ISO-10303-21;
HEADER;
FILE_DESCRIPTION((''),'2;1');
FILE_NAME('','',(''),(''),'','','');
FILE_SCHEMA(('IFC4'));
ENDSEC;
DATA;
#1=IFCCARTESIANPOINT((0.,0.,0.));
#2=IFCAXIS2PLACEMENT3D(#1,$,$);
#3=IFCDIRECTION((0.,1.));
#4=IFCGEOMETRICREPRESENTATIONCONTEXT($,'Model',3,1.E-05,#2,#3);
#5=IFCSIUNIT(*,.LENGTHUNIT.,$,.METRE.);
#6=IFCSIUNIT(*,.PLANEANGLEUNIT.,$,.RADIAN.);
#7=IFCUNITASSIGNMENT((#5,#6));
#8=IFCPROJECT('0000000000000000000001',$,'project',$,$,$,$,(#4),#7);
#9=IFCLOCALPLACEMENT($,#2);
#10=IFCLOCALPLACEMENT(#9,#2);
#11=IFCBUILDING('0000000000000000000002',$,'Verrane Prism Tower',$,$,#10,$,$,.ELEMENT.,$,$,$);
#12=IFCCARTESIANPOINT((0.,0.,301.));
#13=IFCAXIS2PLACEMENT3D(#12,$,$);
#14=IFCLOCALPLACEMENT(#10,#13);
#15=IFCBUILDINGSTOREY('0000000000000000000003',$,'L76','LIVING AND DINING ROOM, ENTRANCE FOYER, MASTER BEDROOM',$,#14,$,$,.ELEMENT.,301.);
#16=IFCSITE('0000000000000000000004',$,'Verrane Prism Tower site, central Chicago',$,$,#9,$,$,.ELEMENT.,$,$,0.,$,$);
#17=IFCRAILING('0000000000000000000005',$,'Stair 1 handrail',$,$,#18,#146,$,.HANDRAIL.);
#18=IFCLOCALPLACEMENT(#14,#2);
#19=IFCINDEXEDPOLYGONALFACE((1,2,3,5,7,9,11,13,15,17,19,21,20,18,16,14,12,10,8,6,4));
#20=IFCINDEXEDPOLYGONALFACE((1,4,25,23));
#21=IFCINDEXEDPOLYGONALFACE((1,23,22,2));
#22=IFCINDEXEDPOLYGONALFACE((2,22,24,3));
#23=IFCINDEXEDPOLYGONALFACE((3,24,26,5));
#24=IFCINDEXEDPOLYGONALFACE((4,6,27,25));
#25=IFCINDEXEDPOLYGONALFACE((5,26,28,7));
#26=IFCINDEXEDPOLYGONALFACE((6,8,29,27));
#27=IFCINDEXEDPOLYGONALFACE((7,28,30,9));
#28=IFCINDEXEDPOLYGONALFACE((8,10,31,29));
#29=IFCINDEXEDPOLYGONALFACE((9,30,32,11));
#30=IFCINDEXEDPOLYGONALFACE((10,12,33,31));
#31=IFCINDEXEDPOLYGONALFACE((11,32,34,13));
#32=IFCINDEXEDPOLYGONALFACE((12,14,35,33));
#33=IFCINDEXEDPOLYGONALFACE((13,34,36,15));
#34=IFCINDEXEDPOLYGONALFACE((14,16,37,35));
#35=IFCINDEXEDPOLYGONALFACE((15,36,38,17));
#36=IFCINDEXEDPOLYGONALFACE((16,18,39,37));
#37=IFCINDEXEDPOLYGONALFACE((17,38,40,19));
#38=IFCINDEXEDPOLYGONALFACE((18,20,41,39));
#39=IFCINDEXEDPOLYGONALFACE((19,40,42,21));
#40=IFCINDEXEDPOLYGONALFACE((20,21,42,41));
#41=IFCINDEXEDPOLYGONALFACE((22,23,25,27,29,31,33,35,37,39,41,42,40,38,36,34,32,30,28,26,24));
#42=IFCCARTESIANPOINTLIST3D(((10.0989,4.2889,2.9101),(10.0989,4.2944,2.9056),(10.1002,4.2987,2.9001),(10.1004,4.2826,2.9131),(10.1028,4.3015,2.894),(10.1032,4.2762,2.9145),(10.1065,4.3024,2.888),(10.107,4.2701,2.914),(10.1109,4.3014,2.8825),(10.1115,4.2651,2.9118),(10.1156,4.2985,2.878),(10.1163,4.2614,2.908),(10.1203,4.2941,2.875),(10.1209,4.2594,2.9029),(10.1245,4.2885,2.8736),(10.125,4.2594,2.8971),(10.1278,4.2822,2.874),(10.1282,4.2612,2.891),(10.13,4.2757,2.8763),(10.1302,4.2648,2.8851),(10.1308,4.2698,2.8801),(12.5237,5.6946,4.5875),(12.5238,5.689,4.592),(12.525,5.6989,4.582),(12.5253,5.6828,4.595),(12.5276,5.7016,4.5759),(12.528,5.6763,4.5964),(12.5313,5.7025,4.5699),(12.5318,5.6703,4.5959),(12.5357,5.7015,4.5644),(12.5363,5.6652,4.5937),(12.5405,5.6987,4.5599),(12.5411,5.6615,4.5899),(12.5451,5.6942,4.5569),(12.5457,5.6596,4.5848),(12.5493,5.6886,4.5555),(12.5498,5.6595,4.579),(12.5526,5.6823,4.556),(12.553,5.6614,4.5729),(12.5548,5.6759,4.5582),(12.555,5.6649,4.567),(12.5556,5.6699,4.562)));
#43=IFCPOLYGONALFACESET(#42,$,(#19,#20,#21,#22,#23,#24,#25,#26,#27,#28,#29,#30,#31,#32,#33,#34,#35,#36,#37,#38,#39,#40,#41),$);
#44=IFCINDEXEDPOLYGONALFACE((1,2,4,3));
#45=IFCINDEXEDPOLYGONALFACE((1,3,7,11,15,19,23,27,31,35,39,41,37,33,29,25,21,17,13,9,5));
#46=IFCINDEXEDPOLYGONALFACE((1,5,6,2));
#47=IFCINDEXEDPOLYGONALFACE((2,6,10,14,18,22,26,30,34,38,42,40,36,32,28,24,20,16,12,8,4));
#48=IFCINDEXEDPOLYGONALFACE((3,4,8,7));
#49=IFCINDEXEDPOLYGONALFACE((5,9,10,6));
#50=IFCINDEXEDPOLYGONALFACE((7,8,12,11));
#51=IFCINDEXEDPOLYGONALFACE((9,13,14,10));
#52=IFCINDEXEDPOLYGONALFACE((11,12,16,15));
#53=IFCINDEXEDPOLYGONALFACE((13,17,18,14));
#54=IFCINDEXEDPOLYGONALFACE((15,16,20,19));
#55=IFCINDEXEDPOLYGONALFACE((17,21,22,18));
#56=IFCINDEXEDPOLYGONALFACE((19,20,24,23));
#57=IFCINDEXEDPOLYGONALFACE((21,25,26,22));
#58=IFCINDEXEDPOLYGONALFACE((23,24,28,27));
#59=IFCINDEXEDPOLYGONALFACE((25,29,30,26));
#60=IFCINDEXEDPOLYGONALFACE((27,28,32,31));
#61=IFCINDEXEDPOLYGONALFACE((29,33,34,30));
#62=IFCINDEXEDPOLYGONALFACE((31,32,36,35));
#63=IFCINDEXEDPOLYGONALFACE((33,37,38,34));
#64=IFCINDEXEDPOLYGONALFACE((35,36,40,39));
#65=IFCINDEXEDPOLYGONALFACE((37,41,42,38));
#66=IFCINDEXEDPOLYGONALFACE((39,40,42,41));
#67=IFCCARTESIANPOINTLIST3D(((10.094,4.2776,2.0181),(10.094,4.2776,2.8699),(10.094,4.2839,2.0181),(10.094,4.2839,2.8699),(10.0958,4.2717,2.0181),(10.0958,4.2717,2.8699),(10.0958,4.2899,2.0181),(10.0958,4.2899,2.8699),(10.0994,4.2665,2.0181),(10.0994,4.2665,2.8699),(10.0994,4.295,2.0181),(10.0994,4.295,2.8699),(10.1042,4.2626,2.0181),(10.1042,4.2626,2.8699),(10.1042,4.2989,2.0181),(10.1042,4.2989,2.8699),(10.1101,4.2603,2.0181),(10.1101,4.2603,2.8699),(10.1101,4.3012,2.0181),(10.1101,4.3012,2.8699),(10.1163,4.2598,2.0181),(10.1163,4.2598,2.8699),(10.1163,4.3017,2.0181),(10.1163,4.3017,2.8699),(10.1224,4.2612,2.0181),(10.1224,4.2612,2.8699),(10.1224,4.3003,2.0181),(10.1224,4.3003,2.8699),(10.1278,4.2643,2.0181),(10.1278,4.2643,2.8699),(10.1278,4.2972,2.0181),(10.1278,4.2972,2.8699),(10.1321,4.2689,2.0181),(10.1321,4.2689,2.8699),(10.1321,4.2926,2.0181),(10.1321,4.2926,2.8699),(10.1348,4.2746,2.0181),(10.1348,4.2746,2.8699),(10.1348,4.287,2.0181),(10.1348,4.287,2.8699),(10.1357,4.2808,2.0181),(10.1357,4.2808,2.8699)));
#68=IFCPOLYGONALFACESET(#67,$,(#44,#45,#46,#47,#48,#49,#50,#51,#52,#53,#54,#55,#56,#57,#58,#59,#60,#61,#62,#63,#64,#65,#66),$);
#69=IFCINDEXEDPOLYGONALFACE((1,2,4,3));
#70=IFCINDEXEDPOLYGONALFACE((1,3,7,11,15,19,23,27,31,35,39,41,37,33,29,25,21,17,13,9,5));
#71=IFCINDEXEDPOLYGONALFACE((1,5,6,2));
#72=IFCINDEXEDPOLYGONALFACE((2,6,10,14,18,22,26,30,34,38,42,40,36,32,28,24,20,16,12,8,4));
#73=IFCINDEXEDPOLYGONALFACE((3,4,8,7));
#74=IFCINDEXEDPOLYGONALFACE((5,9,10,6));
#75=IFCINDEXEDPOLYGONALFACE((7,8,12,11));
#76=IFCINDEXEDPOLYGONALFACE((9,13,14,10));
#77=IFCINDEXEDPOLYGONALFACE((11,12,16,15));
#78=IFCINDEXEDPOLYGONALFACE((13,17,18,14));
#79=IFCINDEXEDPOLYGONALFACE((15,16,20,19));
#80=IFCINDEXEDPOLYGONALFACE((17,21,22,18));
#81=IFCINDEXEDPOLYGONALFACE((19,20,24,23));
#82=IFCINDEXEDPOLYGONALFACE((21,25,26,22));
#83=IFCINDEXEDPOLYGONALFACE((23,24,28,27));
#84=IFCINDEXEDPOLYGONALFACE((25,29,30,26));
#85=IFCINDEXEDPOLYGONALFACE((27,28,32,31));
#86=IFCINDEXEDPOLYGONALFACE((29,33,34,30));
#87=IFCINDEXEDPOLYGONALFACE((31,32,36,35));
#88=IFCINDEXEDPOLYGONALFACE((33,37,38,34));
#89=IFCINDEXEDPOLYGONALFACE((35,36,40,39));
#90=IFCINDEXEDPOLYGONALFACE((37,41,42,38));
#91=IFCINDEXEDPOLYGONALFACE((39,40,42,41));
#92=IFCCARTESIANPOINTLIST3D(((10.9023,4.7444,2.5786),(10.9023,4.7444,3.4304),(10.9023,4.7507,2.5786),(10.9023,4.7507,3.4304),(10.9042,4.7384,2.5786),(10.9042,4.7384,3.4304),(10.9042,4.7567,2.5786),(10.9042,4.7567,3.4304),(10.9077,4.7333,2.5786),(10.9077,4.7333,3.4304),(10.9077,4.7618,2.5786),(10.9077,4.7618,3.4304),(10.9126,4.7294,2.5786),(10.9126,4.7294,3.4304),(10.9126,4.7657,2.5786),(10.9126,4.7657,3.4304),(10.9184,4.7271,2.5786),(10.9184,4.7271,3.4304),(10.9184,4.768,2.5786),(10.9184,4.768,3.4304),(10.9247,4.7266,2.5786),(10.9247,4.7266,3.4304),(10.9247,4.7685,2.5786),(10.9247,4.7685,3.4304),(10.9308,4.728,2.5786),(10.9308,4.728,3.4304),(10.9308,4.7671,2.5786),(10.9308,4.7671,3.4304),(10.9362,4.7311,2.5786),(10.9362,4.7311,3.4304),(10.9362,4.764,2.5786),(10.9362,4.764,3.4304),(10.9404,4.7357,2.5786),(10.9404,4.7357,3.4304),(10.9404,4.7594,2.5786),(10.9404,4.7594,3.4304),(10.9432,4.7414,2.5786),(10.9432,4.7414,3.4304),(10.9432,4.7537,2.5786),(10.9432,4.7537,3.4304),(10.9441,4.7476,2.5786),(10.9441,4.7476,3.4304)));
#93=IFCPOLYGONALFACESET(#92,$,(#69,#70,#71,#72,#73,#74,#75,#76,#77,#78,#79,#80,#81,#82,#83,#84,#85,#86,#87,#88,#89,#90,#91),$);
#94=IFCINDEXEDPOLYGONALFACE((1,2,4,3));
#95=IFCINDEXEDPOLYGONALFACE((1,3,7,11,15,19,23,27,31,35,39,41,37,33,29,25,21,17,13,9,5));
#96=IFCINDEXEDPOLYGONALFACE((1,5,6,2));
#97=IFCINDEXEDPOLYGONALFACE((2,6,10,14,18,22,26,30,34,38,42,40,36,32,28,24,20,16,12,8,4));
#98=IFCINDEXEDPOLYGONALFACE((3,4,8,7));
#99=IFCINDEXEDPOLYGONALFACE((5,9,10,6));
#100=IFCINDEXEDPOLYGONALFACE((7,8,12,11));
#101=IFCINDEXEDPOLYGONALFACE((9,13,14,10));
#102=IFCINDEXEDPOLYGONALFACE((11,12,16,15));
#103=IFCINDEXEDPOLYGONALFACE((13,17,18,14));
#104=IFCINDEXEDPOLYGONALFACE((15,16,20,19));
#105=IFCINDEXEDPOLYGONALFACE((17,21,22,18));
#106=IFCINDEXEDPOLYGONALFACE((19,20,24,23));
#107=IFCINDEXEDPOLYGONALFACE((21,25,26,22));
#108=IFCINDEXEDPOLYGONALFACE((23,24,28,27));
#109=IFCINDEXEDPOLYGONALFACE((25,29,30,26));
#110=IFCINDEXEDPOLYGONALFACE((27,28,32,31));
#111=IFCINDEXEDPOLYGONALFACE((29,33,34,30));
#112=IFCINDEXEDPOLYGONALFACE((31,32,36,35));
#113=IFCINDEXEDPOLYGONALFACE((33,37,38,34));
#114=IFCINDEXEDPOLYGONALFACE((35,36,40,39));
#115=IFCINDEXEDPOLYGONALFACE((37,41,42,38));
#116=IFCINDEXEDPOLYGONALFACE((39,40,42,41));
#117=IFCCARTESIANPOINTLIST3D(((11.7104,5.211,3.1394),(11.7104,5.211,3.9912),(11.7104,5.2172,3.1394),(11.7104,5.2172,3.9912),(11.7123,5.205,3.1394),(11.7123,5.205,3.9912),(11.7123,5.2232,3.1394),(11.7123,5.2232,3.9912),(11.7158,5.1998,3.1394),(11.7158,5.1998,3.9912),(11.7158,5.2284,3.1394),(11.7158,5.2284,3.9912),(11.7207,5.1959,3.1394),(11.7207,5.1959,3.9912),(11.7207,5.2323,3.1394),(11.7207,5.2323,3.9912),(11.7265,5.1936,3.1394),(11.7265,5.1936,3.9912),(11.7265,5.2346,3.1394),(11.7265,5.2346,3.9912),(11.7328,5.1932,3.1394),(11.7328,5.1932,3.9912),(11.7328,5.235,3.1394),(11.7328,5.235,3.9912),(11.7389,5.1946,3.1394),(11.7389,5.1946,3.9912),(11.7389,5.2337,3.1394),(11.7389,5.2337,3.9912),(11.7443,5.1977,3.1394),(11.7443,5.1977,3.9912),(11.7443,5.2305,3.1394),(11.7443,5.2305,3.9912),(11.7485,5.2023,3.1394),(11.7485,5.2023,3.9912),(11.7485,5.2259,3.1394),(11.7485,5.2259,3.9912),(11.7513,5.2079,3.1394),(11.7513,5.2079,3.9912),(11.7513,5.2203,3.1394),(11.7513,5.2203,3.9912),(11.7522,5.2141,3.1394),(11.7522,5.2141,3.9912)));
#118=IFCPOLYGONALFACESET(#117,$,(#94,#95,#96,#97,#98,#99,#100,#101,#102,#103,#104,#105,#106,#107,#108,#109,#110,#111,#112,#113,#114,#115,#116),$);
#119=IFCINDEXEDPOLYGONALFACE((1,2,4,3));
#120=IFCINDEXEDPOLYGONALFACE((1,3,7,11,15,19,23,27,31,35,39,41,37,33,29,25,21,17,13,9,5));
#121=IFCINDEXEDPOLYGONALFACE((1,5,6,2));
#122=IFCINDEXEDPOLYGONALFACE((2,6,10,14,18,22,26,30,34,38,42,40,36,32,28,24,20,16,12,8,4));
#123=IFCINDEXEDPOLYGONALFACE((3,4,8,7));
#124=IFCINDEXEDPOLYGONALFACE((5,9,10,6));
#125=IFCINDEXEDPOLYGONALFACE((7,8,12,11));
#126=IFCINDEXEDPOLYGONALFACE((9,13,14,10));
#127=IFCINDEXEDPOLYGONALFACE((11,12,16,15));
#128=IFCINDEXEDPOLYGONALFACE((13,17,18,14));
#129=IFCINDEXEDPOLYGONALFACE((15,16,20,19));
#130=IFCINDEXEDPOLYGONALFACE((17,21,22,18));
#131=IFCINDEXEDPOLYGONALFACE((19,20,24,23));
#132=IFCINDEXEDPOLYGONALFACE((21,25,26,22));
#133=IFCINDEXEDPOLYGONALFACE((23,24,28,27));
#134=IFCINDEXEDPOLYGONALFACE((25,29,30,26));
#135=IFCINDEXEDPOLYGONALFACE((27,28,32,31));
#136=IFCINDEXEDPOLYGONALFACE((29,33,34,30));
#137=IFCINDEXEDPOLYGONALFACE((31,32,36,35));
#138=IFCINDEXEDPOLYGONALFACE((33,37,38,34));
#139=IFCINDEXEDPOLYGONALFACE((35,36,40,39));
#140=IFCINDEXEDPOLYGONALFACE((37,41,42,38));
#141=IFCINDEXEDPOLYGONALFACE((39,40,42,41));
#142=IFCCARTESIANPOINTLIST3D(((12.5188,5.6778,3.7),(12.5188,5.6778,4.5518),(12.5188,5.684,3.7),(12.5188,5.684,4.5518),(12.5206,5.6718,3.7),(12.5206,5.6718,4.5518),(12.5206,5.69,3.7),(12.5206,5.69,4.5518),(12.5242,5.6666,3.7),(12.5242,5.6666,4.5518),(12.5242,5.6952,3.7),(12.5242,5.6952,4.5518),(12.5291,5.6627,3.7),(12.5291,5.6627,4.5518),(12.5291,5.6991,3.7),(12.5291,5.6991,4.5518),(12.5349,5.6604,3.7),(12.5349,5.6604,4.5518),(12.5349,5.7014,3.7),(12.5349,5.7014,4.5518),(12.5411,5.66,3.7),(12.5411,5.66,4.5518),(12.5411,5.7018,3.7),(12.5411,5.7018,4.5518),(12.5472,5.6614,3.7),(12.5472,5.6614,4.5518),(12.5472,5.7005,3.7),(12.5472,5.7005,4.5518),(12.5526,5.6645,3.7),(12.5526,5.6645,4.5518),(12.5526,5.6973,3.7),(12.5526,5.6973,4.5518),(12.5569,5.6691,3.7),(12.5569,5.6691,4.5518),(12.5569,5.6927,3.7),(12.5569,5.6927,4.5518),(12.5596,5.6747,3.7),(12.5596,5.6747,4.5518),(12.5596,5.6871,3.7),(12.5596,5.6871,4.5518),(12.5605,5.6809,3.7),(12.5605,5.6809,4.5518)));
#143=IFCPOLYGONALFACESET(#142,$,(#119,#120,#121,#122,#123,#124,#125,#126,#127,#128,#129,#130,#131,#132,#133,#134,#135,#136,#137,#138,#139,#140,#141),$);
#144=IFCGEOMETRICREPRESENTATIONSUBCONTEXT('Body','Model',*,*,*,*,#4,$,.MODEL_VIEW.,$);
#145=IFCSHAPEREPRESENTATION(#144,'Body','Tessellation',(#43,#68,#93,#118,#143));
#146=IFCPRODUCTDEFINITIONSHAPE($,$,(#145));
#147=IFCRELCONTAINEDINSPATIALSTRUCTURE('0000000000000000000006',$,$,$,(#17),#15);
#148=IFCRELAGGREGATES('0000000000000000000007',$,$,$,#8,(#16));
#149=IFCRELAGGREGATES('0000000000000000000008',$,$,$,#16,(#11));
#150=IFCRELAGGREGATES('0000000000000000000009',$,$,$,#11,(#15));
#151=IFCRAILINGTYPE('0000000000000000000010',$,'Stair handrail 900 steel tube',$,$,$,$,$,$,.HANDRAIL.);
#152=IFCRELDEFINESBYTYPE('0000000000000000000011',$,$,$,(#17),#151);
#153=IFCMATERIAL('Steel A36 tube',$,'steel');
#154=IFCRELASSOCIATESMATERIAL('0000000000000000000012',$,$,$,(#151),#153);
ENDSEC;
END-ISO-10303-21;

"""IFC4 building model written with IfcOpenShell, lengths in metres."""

from ifc_helpers import new_model, si_unit, direction, frame, origin, origin_2d, place, context, subcontext, project, spatial, circle, extrude, material, type_object, element, save


model = new_model("IFC4")

# Units and contexts
model_context = context("Model", 3, precision=1e-05, world=origin(), true_north=direction((0.0, 1.0)))
body_context = subcontext(model_context, "Body", "Model", "MODEL_VIEW")
ifc_project = project(units=[si_unit("LENGTHUNIT", "METRE"), si_unit("PLANEANGLEUNIT", "RADIAN")], contexts=[model_context])

# Site, building, storey
site_placement = place(None, origin())
site = spatial("IfcSite", under=ifc_project, at=site_placement, Name="Verrane Prism Tower site, central Chicago", CompositionType="ELEMENT", RefElevation=0.0)
building_placement = place(site_placement, origin())
building = spatial("IfcBuilding", under=site, at=building_placement, Name="Verrane Prism Tower", CompositionType="ELEMENT")
storey_placement = place(building_placement, frame((0.0, 0.0, 301.0)))
storey = spatial("IfcBuildingStorey", under=building, at=storey_placement, Name="L76", Description="LIVING AND DINING ROOM, ENTRANCE FOYER, MASTER BEDROOM", CompositionType="ELEMENT", Elevation=301.0)

# Railing
ifc_material_1 = material(Name="Steel A36 tube", Category="steel")
railing_type = type_object("IfcRailingType", Name="Stair handrail 900 steel tube", PredefinedType="HANDRAIL", material=ifc_material_1)
railing_placement = place(storey_placement, frame((10.1147, 4.2808, 2.0181)))
element("IfcRailing", 1, at=railing_placement, inside=storey, type_object=railing_type, Name="Stair 1 handrail", PredefinedType="HANDRAIL", context=body_context, shape_type="SweptSolid", body=[
    extrude(circle(Radius=0.0239, at=origin_2d()), frame((0.0, 0.0, 0.876), z_axis=(0.742367, 0.428662, 0.514918), x_axis=(-0.50005, 0.865997, 0.0)), (0.0, 0.0, 1.0), 3.2664),
    extrude(circle(Radius=0.021, at=origin_2d()), origin(), (0.0, 0.0, 1.0), 0.8518),
    extrude(circle(Radius=0.021, at=origin_2d()), frame((0.8083, 0.4668, 0.5605)), (0.0, 0.0, 1.0), 0.8518),
    extrude(circle(Radius=0.021, at=origin_2d()), frame((1.6165, 0.9333, 1.1213)), (0.0, 0.0, 1.0), 0.8518),
    extrude(circle(Radius=0.021, at=origin_2d()), frame((2.4248, 1.4001, 1.6819)), (0.0, 0.0, 1.0), 0.8518),
])

save(model, "model.ifc")
